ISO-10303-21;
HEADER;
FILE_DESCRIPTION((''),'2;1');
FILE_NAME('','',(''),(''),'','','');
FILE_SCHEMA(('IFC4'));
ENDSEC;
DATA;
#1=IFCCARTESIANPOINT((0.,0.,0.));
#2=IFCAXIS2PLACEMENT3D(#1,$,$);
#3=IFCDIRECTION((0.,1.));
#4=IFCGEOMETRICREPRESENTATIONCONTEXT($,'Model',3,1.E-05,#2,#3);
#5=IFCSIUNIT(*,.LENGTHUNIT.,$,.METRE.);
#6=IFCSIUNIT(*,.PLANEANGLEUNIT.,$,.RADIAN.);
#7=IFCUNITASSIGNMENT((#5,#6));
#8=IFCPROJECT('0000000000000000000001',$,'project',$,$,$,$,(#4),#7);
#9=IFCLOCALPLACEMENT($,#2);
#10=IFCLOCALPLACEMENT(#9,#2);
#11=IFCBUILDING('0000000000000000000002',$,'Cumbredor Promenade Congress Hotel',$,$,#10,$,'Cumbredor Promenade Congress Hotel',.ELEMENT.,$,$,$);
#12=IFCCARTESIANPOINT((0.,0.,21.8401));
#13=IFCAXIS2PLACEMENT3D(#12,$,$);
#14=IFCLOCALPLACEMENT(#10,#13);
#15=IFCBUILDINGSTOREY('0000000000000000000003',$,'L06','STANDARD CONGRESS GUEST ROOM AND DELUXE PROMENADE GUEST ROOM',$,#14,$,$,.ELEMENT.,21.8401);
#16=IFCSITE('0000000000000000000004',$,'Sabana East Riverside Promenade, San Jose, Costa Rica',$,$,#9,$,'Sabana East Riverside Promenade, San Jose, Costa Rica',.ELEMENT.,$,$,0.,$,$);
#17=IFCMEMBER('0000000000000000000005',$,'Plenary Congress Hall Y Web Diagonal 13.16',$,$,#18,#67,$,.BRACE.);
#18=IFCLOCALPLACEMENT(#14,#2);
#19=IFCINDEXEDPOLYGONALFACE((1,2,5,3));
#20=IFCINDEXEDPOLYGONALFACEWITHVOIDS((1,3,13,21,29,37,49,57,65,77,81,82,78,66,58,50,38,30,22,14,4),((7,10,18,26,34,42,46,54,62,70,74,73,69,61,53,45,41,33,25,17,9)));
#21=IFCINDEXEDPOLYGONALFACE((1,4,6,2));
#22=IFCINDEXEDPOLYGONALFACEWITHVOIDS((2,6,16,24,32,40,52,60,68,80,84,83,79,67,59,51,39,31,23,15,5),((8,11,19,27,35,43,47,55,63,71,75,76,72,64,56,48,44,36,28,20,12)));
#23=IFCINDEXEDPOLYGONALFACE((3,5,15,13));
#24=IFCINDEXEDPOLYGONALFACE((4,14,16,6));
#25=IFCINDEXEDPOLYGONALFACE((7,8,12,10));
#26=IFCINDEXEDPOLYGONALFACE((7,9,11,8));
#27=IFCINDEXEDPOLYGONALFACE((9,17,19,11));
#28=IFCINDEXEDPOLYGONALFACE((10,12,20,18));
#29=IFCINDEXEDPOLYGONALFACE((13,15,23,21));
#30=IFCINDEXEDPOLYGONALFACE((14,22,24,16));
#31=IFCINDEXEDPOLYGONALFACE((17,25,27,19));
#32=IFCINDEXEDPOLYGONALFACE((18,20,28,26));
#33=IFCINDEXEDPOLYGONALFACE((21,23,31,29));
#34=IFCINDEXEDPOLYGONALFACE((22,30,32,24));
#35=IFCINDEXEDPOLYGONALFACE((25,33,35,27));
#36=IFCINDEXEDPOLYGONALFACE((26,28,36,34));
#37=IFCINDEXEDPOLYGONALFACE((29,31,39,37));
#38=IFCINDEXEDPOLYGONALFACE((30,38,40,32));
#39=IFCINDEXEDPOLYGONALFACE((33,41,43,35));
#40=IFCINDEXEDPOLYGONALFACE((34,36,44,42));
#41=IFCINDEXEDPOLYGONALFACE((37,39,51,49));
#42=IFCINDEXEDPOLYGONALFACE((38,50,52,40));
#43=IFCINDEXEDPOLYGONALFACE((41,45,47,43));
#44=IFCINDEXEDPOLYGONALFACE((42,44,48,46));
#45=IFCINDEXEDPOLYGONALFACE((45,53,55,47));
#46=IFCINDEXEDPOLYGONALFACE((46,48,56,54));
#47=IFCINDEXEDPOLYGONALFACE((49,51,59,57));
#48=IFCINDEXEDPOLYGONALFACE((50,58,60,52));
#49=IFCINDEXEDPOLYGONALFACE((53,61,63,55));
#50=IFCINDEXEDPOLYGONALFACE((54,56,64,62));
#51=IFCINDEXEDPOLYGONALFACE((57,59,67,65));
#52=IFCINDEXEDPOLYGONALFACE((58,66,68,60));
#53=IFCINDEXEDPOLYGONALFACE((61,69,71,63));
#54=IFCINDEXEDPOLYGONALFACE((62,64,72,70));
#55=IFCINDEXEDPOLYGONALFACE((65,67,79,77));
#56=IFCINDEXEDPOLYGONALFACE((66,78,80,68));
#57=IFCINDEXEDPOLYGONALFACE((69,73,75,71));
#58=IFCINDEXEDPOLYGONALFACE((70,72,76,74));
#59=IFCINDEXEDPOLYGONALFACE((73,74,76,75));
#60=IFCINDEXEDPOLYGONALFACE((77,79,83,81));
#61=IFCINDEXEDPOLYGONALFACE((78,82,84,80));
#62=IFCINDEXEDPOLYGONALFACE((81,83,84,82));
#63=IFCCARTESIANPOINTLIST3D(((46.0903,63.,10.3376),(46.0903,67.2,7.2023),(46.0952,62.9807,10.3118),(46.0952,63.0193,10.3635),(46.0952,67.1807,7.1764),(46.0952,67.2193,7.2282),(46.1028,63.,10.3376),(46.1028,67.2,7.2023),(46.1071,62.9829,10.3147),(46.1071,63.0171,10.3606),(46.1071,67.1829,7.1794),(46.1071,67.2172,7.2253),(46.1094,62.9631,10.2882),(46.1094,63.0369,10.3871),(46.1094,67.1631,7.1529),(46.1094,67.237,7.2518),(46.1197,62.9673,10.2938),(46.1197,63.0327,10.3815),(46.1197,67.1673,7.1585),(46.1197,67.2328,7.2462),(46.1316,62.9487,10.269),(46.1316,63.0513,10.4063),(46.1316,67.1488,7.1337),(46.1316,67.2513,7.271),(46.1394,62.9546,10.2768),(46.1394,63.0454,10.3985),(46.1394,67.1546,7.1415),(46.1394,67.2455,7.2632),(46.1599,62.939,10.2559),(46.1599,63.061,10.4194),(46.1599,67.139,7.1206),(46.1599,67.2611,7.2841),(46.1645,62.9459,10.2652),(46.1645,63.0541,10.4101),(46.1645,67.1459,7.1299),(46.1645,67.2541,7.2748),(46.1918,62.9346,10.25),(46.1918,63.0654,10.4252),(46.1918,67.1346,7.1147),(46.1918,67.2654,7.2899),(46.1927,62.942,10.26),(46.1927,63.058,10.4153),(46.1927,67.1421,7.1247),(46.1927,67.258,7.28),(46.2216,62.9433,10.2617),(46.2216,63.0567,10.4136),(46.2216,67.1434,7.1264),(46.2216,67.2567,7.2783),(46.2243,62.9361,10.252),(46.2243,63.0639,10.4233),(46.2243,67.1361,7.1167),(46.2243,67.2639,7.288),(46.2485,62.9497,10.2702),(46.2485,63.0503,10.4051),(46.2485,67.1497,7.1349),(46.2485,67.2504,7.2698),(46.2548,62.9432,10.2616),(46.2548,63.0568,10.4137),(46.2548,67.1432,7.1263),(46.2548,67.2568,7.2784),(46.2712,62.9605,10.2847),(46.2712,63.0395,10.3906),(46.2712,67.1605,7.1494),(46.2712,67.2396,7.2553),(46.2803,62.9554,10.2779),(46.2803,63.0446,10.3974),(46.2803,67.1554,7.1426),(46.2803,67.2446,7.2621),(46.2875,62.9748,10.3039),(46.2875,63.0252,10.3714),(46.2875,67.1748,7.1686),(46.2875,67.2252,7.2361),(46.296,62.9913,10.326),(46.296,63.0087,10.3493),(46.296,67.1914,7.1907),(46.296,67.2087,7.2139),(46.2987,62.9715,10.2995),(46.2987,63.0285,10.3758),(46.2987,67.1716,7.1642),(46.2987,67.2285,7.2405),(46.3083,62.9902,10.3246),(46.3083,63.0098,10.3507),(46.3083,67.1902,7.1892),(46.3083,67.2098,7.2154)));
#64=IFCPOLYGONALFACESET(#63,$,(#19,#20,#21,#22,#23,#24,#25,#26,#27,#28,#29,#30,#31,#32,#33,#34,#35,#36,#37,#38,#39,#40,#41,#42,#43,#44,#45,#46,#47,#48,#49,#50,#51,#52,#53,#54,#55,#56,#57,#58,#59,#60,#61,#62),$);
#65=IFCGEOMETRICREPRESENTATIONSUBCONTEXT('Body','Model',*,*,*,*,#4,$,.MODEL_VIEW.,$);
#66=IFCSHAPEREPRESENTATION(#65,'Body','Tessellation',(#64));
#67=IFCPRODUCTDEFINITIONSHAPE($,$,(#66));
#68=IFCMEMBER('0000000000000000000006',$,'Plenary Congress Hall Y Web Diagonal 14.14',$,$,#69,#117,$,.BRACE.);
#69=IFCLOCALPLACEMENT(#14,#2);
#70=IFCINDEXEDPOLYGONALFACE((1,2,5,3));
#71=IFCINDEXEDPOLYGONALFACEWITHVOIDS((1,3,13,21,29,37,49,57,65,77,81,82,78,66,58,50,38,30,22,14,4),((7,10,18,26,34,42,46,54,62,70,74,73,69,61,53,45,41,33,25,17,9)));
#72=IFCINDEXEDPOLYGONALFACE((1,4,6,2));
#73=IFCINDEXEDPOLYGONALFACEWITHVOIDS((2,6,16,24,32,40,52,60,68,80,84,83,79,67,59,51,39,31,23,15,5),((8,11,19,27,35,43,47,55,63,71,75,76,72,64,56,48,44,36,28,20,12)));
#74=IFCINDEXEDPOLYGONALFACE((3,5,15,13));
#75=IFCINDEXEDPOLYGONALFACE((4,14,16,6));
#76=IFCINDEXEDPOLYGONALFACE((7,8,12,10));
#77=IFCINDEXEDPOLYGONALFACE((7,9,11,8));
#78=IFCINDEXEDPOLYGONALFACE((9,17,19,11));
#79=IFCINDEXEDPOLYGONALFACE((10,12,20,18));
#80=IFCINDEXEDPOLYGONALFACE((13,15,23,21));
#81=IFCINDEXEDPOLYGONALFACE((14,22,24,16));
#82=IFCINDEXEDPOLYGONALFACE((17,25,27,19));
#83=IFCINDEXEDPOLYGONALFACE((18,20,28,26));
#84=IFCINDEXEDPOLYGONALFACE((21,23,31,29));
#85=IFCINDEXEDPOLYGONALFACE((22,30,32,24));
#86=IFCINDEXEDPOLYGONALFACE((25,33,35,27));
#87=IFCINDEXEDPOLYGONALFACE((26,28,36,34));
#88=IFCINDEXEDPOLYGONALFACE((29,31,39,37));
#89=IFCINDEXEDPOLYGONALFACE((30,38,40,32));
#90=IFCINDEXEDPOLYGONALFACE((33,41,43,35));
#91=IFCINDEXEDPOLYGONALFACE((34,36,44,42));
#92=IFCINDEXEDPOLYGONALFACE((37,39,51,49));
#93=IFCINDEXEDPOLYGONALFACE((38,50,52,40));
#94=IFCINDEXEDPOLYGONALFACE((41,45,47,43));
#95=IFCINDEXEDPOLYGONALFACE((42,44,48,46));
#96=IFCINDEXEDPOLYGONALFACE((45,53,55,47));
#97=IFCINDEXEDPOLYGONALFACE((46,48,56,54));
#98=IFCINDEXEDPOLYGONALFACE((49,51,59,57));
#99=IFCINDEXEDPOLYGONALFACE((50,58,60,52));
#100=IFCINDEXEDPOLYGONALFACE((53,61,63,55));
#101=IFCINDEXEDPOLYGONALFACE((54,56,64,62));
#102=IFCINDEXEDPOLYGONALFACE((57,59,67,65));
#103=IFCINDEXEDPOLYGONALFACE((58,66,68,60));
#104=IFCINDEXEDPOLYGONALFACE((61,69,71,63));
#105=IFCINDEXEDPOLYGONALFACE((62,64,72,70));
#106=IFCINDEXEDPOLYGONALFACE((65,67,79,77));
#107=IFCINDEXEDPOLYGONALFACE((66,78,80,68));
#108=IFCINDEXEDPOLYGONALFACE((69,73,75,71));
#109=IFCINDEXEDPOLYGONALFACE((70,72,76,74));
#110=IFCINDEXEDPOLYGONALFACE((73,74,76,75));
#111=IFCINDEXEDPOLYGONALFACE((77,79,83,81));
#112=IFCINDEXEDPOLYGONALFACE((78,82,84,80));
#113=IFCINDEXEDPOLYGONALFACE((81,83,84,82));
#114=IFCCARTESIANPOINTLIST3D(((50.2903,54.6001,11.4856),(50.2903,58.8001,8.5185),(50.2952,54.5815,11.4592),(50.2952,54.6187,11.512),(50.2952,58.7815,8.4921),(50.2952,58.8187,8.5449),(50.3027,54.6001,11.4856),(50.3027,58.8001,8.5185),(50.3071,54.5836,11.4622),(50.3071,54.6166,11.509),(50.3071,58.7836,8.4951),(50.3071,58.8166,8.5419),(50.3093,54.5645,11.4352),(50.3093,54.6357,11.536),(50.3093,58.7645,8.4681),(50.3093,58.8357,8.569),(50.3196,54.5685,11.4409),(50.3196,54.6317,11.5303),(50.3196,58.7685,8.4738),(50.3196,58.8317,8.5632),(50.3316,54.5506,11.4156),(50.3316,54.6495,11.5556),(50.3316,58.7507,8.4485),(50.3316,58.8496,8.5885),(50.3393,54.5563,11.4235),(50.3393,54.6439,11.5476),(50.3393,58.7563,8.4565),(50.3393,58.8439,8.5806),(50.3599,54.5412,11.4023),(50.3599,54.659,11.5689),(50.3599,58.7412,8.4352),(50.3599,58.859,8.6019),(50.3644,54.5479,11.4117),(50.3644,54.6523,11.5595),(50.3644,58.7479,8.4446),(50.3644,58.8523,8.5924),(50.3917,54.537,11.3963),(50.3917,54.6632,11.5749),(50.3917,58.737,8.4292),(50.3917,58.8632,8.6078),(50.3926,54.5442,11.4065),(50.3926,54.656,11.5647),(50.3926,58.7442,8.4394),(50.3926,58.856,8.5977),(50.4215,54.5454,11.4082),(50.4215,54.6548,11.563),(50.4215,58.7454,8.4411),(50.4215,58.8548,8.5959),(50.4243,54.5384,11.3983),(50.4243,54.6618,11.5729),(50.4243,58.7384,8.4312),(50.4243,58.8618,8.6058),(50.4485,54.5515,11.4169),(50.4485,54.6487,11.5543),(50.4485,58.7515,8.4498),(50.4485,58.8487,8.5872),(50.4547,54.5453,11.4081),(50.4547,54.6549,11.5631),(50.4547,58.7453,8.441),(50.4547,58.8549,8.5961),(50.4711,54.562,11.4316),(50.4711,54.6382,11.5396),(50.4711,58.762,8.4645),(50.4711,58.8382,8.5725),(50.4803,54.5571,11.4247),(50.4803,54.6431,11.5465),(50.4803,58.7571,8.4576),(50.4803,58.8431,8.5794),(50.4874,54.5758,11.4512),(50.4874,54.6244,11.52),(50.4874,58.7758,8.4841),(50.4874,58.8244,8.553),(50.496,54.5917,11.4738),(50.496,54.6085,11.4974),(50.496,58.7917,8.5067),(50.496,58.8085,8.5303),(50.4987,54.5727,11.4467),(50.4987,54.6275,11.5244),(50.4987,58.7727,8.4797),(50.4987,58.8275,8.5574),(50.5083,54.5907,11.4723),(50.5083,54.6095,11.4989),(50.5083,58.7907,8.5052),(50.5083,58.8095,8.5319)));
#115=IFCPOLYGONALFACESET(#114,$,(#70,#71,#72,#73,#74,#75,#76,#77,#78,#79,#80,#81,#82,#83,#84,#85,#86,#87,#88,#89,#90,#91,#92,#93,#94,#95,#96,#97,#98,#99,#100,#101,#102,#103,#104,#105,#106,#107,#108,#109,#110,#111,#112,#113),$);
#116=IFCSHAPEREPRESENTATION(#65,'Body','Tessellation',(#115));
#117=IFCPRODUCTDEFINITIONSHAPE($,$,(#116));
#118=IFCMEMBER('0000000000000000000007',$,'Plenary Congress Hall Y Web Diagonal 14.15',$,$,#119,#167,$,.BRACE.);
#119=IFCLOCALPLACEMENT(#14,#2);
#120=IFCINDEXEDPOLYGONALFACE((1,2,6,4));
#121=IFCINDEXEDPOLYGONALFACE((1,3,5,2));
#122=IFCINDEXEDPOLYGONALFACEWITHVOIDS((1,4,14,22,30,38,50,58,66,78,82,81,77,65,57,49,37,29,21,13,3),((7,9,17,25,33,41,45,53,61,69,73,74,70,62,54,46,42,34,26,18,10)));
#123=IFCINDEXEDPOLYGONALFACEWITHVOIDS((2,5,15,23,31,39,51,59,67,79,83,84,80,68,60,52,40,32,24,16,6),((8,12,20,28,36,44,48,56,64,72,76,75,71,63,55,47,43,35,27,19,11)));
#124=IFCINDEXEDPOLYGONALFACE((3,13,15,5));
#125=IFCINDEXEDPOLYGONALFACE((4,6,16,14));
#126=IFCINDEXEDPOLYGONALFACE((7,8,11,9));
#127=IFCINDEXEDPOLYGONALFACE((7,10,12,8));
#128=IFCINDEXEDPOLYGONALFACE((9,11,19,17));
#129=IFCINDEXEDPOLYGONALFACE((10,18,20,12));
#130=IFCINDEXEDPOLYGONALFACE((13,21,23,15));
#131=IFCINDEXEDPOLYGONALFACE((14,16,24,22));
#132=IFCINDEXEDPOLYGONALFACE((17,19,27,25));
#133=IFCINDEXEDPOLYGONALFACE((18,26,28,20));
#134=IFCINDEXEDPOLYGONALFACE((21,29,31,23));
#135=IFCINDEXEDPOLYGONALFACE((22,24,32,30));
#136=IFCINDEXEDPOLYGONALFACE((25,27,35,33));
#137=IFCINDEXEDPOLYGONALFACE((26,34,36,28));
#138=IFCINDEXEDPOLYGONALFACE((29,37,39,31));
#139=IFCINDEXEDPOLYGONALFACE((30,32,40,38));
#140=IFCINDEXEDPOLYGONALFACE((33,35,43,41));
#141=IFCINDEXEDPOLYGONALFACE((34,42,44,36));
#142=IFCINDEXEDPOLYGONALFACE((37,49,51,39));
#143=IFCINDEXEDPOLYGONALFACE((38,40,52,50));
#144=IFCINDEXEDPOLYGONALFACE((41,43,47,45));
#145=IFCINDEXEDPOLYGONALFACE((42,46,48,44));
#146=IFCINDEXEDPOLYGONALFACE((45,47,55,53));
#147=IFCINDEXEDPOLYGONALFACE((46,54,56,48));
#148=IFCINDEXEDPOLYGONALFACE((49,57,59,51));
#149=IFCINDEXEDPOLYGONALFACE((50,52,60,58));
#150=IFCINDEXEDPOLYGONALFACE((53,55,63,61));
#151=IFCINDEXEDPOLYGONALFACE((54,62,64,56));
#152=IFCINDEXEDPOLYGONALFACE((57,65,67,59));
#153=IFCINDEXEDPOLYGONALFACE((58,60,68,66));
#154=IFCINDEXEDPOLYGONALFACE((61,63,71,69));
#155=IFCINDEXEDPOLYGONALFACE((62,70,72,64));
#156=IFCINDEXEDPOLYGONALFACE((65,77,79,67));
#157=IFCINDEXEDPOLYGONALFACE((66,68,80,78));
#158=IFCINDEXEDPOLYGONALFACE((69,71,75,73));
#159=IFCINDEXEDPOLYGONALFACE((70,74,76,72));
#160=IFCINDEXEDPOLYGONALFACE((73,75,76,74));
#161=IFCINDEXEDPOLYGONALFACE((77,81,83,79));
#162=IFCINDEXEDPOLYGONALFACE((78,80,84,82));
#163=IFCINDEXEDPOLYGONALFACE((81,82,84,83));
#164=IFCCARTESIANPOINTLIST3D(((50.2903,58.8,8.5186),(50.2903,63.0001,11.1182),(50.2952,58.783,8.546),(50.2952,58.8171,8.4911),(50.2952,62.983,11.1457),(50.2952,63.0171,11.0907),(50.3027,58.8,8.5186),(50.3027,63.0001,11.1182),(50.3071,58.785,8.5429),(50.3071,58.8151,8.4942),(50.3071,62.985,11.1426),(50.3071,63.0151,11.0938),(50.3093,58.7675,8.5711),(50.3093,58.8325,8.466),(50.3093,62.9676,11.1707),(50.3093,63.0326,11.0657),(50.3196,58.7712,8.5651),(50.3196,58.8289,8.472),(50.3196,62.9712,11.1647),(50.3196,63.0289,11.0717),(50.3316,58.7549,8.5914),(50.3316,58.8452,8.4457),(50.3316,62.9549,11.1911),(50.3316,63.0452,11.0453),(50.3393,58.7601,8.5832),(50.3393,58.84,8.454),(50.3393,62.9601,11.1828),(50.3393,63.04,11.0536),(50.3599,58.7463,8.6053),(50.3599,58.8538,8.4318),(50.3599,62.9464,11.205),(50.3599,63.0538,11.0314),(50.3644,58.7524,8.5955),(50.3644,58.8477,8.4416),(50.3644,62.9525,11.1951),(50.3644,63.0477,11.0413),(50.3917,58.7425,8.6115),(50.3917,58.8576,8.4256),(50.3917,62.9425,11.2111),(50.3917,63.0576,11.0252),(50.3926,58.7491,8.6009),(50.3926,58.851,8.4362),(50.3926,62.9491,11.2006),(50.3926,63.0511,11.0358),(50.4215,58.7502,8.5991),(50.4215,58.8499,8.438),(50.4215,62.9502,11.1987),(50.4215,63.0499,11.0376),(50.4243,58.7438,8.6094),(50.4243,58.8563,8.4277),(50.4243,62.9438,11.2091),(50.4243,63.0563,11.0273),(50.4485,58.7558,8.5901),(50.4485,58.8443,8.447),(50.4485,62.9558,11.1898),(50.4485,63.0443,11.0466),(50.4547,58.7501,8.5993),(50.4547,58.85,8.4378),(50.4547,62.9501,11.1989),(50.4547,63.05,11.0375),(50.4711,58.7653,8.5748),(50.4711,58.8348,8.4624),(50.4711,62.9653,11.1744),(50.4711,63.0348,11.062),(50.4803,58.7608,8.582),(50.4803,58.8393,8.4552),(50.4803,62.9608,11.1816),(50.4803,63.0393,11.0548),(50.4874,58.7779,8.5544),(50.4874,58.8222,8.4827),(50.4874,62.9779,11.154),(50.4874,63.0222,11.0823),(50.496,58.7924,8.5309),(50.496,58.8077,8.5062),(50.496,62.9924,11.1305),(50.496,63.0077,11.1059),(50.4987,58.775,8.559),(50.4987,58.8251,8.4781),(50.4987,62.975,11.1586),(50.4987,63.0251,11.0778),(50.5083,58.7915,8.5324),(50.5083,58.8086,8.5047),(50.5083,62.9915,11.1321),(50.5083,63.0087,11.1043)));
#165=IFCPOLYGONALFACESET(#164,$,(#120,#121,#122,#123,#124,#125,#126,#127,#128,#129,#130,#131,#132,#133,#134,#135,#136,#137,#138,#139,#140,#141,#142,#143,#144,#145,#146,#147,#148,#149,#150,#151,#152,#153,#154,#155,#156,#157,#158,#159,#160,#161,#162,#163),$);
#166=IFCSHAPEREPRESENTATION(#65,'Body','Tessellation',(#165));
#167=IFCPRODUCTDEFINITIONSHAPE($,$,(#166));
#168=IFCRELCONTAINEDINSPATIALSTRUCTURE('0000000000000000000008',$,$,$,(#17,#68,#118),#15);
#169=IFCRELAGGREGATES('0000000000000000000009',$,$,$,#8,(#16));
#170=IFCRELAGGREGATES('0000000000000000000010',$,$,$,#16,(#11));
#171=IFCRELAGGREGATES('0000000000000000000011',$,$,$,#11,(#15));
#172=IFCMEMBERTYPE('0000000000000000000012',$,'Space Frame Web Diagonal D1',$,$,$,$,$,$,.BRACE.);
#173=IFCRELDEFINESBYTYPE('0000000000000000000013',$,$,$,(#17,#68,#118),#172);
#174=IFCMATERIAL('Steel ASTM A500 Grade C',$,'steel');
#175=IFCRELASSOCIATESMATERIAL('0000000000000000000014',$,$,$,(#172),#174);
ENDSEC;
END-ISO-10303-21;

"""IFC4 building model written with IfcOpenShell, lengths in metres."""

from ifc_helpers import new_model, si_unit, direction, frame, origin, origin_2d, place, context, subcontext, project, spatial, hollow_circle, extrude, material, material_profile, profile_set, type_object, element, save


model = new_model("IFC4")

# Units and contexts
model_context = context("Model", 3, precision=1e-05, world=origin(), true_north=direction((0.0, 1.0)))
body_context = subcontext(model_context, "Body", "Model", "MODEL_VIEW")
ifc_project = project(units=[si_unit("LENGTHUNIT", "METRE"), si_unit("PLANEANGLEUNIT", "RADIAN")], contexts=[model_context])

# Site, building, storey
site_placement = place(None, origin())
site = spatial("IfcSite", under=ifc_project, at=site_placement, Name="Sabana East Riverside Promenade, San Jose, Costa Rica", LongName="Sabana East Riverside Promenade, San Jose, Costa Rica", CompositionType="ELEMENT", RefElevation=0.0)
building_placement = place(site_placement, origin())
building = spatial("IfcBuilding", under=site, at=building_placement, Name="Cumbredor Promenade Congress Hotel", LongName="Cumbredor Promenade Congress Hotel", CompositionType="ELEMENT")
storey_placement = place(building_placement, frame((0.0, 0.0, 21.8401)))
storey = spatial("IfcBuildingStorey", under=building, at=storey_placement, Name="L06", Description="STANDARD CONGRESS GUEST ROOM AND DELUXE PROMENADE GUEST ROOM", CompositionType="ELEMENT", Elevation=21.8401)

# Members
ifc_material_1 = material(Name="Steel ASTM A500 Grade C", Category="steel")
ifc_material_profile_1 = material_profile(ifc_material_1, hollow_circle(Radius=0.1096, WallThickness=0.0125, at=origin_2d()), Name="CHS 219.1x12.5")
ifc_profile_set_1 = profile_set([ifc_material_profile_1], Name="Steel ASTM A500 Grade C")
member_type_1 = type_object("IfcMemberType", Name="Space Frame Web Diagonal D1", PredefinedType="BRACE", material=ifc_profile_set_1)
member_1_placement = place(storey_placement, frame((46.2, 63.0, 10.3376), z_axis=(0.0, 0.801345, -0.598202), x_axis=(-1.0, 0.0, 0.0)))
element("IfcMember", 1, at=member_1_placement, inside=storey, type_object=member_type_1, Name="Plenary Congress Hall Y Web Diagonal 13.16", PredefinedType="BRACE", context=body_context, shape_type="SweptSolid", body=[
    extrude(hollow_circle(Radius=0.1096, WallThickness=0.0125, at=origin_2d()), origin(), (0.0, 0.0, 1.0), 5.2412),
])
member_2_placement = place(storey_placement, frame((50.3999, 54.6001, 11.4856), z_axis=(0.0, 0.816751, -0.576991), x_axis=(-1.0, 0.0, 0.0)))
element("IfcMember", 2, at=member_2_placement, inside=storey, type_object=member_type_1, Name="Plenary Congress Hall Y Web Diagonal 14.14", PredefinedType="BRACE", context=body_context, shape_type="SweptSolid", body=[
    extrude(hollow_circle(Radius=0.1096, WallThickness=0.0125, at=origin_2d()), origin(), (0.0, 0.0, 1.0), 5.1423),
])
member_3_placement = place(storey_placement, frame((50.3999, 58.8, 8.5186), z_axis=(0.0, 0.850298, 0.526302), x_axis=(-1.0, 0.0, 0.0)))
element("IfcMember", 3, at=member_3_placement, inside=storey, type_object=member_type_1, Name="Plenary Congress Hall Y Web Diagonal 14.15", PredefinedType="BRACE", context=body_context, shape_type="SweptSolid", body=[
    extrude(hollow_circle(Radius=0.1096, WallThickness=0.0125, at=origin_2d()), origin(), (0.0, 0.0, 1.0), 4.9395),
])

save(model, "model.ifc")
